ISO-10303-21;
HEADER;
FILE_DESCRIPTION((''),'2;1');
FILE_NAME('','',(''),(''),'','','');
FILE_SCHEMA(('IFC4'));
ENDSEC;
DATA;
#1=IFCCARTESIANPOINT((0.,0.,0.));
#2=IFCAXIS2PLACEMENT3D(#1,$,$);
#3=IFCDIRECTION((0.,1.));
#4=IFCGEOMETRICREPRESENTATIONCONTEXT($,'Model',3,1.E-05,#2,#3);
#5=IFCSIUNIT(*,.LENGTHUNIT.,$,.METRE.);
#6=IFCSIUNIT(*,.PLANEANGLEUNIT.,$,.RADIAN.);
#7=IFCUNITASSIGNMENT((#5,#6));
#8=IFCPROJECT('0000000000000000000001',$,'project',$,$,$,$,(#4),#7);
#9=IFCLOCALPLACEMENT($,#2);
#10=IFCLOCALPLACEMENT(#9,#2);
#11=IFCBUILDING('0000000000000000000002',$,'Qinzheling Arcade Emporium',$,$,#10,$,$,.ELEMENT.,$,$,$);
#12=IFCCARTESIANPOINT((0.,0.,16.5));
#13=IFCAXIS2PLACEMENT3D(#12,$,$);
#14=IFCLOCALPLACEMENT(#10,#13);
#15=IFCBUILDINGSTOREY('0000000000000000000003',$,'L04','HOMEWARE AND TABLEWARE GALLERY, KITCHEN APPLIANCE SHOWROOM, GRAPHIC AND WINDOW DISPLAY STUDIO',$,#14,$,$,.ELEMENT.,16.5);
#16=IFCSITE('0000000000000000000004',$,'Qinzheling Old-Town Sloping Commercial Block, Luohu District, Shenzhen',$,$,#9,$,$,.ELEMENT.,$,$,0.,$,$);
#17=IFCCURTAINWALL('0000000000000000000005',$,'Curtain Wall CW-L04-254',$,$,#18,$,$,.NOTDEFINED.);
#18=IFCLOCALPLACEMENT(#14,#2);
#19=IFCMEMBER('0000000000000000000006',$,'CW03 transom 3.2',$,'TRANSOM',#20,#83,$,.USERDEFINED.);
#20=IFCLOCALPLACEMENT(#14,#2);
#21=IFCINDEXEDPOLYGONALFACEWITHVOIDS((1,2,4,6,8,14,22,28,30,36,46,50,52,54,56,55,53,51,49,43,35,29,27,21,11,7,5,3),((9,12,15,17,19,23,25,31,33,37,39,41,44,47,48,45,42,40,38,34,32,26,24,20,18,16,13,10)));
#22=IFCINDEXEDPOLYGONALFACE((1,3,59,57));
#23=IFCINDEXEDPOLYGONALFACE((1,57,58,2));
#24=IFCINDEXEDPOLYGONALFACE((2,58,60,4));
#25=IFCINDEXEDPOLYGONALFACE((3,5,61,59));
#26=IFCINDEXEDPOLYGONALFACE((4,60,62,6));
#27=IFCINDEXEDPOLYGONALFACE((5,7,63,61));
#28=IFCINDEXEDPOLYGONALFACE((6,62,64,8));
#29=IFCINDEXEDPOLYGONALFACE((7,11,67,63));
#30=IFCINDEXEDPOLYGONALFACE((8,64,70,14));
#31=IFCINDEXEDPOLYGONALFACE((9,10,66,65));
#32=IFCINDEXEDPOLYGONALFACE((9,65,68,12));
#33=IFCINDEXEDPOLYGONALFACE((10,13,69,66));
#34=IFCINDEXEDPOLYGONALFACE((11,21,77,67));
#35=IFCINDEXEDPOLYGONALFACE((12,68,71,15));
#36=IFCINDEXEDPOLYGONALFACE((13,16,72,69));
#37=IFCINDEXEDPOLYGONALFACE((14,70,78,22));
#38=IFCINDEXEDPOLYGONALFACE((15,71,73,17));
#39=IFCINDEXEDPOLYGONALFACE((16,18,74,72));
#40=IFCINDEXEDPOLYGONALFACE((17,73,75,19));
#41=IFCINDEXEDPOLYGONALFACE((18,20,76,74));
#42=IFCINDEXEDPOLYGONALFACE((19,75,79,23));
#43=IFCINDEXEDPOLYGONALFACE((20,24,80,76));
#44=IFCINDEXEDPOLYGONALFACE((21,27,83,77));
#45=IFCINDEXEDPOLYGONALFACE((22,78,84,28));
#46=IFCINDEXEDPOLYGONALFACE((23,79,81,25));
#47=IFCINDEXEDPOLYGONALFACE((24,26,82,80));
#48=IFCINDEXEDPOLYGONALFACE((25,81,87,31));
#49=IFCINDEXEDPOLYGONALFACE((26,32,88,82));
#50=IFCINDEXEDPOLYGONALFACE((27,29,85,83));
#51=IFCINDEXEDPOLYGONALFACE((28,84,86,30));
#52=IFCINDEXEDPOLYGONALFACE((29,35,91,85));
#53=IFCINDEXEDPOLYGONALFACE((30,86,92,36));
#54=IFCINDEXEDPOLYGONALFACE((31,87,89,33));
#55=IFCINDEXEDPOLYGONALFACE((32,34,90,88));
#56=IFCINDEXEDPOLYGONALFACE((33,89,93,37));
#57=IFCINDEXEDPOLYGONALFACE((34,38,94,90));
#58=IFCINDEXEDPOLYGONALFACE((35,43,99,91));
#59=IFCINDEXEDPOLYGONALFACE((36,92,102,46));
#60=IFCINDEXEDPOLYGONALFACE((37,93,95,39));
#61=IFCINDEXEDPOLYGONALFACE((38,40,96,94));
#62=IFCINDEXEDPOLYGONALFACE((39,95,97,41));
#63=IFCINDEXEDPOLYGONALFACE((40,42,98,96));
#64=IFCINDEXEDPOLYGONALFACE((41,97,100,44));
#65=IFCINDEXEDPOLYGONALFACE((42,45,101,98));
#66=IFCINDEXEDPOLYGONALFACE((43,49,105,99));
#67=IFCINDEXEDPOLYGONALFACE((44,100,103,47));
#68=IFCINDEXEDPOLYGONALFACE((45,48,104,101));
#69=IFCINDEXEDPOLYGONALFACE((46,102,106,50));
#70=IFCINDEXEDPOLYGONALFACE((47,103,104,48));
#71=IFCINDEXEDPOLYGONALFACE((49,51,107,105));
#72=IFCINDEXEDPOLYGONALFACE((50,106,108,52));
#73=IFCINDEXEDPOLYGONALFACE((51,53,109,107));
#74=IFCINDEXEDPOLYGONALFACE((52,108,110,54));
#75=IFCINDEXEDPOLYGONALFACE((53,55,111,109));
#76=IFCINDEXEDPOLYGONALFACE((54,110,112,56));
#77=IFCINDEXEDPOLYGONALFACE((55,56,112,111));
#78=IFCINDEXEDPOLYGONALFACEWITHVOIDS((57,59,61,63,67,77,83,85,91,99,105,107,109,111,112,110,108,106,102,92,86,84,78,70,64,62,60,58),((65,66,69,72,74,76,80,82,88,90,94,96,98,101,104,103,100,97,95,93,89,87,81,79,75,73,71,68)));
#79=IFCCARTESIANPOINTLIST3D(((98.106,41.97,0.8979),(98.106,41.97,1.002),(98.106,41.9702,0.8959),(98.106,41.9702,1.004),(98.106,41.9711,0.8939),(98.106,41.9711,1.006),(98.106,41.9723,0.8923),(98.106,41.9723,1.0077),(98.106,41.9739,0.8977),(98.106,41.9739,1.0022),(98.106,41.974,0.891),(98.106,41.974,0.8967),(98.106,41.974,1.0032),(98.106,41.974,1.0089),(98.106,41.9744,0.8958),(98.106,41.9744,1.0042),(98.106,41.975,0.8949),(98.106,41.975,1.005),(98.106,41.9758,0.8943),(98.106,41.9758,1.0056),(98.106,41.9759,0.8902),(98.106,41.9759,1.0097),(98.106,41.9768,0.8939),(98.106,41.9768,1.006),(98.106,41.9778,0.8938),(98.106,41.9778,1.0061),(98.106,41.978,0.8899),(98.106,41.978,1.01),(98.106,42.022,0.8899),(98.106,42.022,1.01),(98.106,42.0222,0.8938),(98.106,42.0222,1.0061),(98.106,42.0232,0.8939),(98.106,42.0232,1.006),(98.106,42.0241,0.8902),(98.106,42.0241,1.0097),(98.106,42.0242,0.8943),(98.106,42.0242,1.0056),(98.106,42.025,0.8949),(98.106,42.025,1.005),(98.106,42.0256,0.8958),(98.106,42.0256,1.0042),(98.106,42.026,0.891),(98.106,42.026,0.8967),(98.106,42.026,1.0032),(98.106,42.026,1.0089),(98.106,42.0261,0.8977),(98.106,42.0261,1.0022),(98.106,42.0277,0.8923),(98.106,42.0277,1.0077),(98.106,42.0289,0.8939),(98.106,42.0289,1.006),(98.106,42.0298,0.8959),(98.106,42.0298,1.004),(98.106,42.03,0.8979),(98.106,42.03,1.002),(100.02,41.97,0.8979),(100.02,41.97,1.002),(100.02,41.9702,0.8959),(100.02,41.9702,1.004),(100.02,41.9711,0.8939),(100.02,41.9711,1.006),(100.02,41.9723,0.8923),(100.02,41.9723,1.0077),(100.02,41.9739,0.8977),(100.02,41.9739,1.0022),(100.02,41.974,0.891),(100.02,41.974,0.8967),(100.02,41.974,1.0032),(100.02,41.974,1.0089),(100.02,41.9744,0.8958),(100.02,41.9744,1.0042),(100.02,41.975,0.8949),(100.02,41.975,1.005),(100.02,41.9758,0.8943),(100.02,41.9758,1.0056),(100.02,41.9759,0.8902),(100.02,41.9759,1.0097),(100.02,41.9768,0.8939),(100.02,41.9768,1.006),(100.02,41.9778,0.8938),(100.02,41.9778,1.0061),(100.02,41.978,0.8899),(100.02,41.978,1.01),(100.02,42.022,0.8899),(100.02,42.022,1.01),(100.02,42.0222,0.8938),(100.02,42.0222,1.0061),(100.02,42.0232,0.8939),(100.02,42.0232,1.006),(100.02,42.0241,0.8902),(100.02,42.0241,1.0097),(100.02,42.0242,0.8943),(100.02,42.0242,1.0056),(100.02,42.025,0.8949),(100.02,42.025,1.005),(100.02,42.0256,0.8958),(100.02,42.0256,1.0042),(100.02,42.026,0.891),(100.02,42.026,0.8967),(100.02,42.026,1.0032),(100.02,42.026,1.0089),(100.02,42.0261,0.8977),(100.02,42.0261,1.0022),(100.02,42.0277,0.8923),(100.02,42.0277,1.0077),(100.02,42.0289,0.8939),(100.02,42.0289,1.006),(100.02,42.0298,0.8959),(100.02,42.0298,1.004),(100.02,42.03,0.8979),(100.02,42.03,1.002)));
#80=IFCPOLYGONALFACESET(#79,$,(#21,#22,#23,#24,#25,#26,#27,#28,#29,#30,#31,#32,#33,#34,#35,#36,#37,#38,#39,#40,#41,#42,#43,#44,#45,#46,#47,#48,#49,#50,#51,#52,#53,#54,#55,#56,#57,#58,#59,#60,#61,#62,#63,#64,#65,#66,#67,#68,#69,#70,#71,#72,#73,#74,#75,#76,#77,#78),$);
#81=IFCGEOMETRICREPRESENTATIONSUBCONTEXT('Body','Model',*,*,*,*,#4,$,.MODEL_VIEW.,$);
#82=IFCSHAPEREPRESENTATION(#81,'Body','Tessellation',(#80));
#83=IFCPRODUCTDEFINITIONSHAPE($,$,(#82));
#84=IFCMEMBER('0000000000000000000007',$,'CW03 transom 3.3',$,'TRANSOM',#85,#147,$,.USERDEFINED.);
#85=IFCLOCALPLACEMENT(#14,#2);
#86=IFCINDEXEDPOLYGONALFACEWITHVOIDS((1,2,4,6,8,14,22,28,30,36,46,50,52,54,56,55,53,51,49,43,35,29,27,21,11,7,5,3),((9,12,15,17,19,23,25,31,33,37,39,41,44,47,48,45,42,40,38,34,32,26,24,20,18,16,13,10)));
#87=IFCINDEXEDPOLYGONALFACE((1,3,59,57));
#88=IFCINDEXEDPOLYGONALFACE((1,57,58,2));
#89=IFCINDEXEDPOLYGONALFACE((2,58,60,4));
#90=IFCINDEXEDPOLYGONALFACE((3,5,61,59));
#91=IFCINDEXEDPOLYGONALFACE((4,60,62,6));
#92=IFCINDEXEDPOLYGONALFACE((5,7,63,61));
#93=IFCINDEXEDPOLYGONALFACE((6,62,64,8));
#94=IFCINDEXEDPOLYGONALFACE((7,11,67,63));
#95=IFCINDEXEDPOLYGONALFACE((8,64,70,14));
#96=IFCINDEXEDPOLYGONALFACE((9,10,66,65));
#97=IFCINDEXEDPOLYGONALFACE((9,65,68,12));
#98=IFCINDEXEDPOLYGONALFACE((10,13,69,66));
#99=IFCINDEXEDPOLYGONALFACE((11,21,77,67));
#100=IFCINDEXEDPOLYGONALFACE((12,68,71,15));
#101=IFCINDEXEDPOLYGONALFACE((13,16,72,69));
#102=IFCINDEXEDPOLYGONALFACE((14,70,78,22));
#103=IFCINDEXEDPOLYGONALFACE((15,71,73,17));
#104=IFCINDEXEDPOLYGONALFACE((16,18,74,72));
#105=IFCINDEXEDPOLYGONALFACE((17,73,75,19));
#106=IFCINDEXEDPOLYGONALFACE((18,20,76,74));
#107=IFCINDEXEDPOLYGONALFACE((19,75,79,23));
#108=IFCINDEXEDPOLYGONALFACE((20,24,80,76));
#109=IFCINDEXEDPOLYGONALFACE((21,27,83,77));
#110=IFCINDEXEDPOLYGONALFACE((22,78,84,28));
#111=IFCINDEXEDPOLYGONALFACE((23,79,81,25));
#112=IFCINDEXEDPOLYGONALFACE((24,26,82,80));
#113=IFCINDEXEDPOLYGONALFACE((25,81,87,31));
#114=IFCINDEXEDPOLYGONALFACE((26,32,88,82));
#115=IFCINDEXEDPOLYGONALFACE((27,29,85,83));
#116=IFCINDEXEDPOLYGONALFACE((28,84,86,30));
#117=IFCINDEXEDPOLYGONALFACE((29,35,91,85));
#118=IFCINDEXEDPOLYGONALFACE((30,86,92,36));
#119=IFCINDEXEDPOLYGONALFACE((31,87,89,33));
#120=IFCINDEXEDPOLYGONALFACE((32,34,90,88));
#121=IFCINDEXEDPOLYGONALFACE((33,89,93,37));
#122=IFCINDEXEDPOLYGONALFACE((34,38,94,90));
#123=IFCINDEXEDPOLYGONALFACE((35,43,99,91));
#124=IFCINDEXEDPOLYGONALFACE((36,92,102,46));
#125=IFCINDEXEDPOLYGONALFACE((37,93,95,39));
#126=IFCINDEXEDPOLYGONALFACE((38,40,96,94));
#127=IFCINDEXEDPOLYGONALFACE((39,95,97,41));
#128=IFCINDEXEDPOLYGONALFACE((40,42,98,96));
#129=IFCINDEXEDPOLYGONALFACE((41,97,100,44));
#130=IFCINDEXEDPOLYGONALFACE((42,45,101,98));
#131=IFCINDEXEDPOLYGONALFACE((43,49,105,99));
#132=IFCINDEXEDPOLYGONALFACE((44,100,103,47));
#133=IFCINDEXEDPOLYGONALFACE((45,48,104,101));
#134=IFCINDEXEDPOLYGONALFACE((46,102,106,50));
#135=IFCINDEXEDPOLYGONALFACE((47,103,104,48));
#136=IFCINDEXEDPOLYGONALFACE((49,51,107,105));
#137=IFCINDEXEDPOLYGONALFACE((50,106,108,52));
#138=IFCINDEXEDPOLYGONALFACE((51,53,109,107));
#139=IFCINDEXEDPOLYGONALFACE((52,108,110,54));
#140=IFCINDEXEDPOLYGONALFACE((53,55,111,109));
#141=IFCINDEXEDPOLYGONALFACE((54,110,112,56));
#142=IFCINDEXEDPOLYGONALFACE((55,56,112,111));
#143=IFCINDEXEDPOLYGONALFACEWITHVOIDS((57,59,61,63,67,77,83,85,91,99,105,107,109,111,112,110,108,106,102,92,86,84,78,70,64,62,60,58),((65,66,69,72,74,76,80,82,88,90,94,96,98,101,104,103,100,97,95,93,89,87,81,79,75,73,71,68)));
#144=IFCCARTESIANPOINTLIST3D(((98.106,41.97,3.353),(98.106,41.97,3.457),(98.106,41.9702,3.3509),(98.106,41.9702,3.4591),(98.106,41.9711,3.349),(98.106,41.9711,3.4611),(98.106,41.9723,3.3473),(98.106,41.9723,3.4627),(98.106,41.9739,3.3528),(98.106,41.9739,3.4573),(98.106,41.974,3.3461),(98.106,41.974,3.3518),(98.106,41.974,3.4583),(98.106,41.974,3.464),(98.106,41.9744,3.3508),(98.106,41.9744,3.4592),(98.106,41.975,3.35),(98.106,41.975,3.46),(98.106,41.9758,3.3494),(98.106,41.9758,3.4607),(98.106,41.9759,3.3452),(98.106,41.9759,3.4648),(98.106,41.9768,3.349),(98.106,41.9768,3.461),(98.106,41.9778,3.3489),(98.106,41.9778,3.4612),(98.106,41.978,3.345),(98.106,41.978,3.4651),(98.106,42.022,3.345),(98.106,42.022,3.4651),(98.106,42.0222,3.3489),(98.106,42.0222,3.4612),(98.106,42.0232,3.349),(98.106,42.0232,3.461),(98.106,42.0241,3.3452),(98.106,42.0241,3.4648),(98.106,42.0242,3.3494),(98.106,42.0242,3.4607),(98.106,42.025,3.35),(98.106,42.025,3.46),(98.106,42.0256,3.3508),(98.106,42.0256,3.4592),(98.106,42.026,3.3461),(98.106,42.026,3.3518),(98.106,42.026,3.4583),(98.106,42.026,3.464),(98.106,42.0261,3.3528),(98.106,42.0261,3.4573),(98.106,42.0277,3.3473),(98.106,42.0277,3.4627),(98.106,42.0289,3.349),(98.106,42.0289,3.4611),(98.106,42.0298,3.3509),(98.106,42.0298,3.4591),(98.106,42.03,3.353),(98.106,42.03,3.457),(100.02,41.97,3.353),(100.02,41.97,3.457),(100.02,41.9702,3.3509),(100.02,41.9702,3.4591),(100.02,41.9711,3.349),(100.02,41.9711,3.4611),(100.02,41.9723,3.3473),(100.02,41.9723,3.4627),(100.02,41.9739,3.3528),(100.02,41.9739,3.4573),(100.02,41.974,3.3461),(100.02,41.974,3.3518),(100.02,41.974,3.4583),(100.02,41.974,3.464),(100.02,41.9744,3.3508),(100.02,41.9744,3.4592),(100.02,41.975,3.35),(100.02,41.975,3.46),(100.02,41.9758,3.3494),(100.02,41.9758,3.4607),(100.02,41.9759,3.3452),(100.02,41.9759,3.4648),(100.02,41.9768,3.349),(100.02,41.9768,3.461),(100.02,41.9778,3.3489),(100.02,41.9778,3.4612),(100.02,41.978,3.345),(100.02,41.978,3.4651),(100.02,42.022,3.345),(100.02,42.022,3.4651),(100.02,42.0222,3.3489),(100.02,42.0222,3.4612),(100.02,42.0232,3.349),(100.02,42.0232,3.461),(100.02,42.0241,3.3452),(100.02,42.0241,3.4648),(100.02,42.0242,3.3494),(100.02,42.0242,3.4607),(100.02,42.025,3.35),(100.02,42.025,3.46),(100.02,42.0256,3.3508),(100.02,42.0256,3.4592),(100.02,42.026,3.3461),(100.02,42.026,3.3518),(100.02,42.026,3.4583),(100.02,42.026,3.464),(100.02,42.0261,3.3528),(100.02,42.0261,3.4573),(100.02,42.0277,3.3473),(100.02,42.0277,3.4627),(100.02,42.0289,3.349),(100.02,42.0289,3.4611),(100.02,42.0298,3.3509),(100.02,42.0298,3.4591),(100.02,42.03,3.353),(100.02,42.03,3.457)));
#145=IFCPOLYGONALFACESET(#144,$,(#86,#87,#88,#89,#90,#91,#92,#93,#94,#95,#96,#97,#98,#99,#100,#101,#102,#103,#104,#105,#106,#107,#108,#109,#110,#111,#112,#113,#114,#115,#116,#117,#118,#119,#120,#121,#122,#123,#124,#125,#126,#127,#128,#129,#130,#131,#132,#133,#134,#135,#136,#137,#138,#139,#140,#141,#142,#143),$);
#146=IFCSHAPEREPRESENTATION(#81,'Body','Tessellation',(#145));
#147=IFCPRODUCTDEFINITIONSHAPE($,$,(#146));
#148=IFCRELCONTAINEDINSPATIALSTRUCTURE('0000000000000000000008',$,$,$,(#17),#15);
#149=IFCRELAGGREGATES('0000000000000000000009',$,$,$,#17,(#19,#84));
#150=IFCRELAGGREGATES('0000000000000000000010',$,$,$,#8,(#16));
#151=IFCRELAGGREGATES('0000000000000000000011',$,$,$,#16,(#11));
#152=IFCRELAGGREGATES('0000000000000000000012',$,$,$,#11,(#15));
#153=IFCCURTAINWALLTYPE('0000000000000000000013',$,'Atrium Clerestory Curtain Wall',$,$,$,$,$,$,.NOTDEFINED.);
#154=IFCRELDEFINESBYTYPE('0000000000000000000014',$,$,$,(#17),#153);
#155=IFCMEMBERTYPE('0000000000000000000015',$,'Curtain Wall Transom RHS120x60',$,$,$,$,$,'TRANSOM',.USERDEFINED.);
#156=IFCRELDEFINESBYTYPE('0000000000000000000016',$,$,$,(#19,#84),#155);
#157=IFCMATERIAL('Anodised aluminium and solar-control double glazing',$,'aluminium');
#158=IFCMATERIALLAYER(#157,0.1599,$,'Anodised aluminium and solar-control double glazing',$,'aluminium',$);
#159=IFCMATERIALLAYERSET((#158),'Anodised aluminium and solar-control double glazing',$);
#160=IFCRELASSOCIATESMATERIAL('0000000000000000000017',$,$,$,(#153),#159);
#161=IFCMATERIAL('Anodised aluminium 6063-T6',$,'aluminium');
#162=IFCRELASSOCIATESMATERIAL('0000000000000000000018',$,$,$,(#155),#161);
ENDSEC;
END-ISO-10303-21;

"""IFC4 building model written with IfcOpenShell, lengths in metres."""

from ifc_helpers import new_model, si_unit, direction, frame, origin, origin_2d, place, context, subcontext, project, spatial, hollow_rectangle, extrude, material, layer, layer_set, material_profile, profile_set, type_object, element, aggregate, save


model = new_model("IFC4")

# Units and contexts
model_context = context("Model", 3, precision=1e-05, world=origin(), true_north=direction((0.0, 1.0)))
body_context = subcontext(model_context, "Body", "Model", "MODEL_VIEW")
ifc_project = project(units=[si_unit("LENGTHUNIT", "METRE"), si_unit("PLANEANGLEUNIT", "RADIAN")], contexts=[model_context])

# Site, building, storey
site_placement = place(None, origin())
site = spatial("IfcSite", under=ifc_project, at=site_placement, Name="Qinzheling Old-Town Sloping Commercial Block, Luohu District, Shenzhen", CompositionType="ELEMENT", RefElevation=0.0)
building_placement = place(site_placement, origin())
building = spatial("IfcBuilding", under=site, at=building_placement, Name="Qinzheling Arcade Emporium", CompositionType="ELEMENT")
storey_placement = place(building_placement, frame((0.0, 0.0, 16.5)))
storey = spatial("IfcBuildingStorey", under=building, at=storey_placement, Name="L04", Description="HOMEWARE AND TABLEWARE GALLERY, KITCHEN APPLIANCE SHOWROOM, GRAPHIC AND WINDOW DISPLAY STUDIO", CompositionType="ELEMENT", Elevation=16.5)

# Curtain wall
ifc_material_1 = material(Name="Anodised aluminium and solar-control double glazing", Category="aluminium")
ifc_layer_1 = layer(ifc_material_1, 0.1599, Name="Anodised aluminium and solar-control double glazing", Category="aluminium")
ifc_layer_set_1 = layer_set([ifc_layer_1], Name="Anodised aluminium and solar-control double glazing")
curtain_wall_type = type_object("IfcCurtainWallType", Name="Atrium Clerestory Curtain Wall", PredefinedType="NOTDEFINED", material=ifc_layer_set_1)
ifc_material_2 = material(Name="Anodised aluminium 6063-T6", Category="aluminium")
curtain_wall_1_placement = place(storey_placement, origin())
curtain_wall_1 = element("IfcCurtainWall", 1, at=curtain_wall_1_placement, inside=storey, type_object=curtain_wall_type, Name="Curtain Wall CW-L04-254", PredefinedType="NOTDEFINED")

# Members
ifc_material_profile_1 = material_profile(ifc_material_2, hollow_rectangle(XDim=0.0601, YDim=0.1201, WallThickness=0.0039, InnerFilletRadius=0.0039, OuterFilletRadius=0.0081, at=origin_2d()), Name="RHS 120x60x4", Category="aluminium")
ifc_profile_set_1 = profile_set([ifc_material_profile_1], Name="Anodised aluminium 6063-T6")
member_type_1 = type_object("IfcMemberType", Name="Curtain Wall Transom RHS120x60", ElementType="TRANSOM", PredefinedType="USERDEFINED", material=ifc_profile_set_1)
member_1_placement = place(storey_placement, frame((100.02, 42.0, 0.95), z_axis=(-1.0, 0.0, 0.0), x_axis=(0.0, -1.0, 0.0)))
member_1 = element("IfcMember", 2, at=member_1_placement, type_object=member_type_1, Name="CW03 transom 3.2", ObjectType="TRANSOM", PredefinedType="USERDEFINED", context=body_context, shape_type="SweptSolid", body=[
    extrude(hollow_rectangle(XDim=0.0601, YDim=0.1201, WallThickness=0.0039, InnerFilletRadius=0.0039, OuterFilletRadius=0.0081, at=origin_2d()), origin(), (0.0, 0.0, 1.0), 1.9141),
])
member_2_placement = place(storey_placement, frame((100.02, 42.0, 3.405), z_axis=(-1.0, 0.0, 0.0), x_axis=(0.0, -1.0, 0.0)))
member_2 = element("IfcMember", 3, at=member_2_placement, type_object=member_type_1, Name="CW03 transom 3.3", ObjectType="TRANSOM", PredefinedType="USERDEFINED", context=body_context, shape_type="SweptSolid", body=[
    extrude(hollow_rectangle(XDim=0.0601, YDim=0.1201, WallThickness=0.0039, InnerFilletRadius=0.0039, OuterFilletRadius=0.0081, at=origin_2d()), origin(), (0.0, 0.0, 1.0), 1.9141),
])

aggregate(curtain_wall_1, [member_1, member_2])

save(model, "model.ifc")
